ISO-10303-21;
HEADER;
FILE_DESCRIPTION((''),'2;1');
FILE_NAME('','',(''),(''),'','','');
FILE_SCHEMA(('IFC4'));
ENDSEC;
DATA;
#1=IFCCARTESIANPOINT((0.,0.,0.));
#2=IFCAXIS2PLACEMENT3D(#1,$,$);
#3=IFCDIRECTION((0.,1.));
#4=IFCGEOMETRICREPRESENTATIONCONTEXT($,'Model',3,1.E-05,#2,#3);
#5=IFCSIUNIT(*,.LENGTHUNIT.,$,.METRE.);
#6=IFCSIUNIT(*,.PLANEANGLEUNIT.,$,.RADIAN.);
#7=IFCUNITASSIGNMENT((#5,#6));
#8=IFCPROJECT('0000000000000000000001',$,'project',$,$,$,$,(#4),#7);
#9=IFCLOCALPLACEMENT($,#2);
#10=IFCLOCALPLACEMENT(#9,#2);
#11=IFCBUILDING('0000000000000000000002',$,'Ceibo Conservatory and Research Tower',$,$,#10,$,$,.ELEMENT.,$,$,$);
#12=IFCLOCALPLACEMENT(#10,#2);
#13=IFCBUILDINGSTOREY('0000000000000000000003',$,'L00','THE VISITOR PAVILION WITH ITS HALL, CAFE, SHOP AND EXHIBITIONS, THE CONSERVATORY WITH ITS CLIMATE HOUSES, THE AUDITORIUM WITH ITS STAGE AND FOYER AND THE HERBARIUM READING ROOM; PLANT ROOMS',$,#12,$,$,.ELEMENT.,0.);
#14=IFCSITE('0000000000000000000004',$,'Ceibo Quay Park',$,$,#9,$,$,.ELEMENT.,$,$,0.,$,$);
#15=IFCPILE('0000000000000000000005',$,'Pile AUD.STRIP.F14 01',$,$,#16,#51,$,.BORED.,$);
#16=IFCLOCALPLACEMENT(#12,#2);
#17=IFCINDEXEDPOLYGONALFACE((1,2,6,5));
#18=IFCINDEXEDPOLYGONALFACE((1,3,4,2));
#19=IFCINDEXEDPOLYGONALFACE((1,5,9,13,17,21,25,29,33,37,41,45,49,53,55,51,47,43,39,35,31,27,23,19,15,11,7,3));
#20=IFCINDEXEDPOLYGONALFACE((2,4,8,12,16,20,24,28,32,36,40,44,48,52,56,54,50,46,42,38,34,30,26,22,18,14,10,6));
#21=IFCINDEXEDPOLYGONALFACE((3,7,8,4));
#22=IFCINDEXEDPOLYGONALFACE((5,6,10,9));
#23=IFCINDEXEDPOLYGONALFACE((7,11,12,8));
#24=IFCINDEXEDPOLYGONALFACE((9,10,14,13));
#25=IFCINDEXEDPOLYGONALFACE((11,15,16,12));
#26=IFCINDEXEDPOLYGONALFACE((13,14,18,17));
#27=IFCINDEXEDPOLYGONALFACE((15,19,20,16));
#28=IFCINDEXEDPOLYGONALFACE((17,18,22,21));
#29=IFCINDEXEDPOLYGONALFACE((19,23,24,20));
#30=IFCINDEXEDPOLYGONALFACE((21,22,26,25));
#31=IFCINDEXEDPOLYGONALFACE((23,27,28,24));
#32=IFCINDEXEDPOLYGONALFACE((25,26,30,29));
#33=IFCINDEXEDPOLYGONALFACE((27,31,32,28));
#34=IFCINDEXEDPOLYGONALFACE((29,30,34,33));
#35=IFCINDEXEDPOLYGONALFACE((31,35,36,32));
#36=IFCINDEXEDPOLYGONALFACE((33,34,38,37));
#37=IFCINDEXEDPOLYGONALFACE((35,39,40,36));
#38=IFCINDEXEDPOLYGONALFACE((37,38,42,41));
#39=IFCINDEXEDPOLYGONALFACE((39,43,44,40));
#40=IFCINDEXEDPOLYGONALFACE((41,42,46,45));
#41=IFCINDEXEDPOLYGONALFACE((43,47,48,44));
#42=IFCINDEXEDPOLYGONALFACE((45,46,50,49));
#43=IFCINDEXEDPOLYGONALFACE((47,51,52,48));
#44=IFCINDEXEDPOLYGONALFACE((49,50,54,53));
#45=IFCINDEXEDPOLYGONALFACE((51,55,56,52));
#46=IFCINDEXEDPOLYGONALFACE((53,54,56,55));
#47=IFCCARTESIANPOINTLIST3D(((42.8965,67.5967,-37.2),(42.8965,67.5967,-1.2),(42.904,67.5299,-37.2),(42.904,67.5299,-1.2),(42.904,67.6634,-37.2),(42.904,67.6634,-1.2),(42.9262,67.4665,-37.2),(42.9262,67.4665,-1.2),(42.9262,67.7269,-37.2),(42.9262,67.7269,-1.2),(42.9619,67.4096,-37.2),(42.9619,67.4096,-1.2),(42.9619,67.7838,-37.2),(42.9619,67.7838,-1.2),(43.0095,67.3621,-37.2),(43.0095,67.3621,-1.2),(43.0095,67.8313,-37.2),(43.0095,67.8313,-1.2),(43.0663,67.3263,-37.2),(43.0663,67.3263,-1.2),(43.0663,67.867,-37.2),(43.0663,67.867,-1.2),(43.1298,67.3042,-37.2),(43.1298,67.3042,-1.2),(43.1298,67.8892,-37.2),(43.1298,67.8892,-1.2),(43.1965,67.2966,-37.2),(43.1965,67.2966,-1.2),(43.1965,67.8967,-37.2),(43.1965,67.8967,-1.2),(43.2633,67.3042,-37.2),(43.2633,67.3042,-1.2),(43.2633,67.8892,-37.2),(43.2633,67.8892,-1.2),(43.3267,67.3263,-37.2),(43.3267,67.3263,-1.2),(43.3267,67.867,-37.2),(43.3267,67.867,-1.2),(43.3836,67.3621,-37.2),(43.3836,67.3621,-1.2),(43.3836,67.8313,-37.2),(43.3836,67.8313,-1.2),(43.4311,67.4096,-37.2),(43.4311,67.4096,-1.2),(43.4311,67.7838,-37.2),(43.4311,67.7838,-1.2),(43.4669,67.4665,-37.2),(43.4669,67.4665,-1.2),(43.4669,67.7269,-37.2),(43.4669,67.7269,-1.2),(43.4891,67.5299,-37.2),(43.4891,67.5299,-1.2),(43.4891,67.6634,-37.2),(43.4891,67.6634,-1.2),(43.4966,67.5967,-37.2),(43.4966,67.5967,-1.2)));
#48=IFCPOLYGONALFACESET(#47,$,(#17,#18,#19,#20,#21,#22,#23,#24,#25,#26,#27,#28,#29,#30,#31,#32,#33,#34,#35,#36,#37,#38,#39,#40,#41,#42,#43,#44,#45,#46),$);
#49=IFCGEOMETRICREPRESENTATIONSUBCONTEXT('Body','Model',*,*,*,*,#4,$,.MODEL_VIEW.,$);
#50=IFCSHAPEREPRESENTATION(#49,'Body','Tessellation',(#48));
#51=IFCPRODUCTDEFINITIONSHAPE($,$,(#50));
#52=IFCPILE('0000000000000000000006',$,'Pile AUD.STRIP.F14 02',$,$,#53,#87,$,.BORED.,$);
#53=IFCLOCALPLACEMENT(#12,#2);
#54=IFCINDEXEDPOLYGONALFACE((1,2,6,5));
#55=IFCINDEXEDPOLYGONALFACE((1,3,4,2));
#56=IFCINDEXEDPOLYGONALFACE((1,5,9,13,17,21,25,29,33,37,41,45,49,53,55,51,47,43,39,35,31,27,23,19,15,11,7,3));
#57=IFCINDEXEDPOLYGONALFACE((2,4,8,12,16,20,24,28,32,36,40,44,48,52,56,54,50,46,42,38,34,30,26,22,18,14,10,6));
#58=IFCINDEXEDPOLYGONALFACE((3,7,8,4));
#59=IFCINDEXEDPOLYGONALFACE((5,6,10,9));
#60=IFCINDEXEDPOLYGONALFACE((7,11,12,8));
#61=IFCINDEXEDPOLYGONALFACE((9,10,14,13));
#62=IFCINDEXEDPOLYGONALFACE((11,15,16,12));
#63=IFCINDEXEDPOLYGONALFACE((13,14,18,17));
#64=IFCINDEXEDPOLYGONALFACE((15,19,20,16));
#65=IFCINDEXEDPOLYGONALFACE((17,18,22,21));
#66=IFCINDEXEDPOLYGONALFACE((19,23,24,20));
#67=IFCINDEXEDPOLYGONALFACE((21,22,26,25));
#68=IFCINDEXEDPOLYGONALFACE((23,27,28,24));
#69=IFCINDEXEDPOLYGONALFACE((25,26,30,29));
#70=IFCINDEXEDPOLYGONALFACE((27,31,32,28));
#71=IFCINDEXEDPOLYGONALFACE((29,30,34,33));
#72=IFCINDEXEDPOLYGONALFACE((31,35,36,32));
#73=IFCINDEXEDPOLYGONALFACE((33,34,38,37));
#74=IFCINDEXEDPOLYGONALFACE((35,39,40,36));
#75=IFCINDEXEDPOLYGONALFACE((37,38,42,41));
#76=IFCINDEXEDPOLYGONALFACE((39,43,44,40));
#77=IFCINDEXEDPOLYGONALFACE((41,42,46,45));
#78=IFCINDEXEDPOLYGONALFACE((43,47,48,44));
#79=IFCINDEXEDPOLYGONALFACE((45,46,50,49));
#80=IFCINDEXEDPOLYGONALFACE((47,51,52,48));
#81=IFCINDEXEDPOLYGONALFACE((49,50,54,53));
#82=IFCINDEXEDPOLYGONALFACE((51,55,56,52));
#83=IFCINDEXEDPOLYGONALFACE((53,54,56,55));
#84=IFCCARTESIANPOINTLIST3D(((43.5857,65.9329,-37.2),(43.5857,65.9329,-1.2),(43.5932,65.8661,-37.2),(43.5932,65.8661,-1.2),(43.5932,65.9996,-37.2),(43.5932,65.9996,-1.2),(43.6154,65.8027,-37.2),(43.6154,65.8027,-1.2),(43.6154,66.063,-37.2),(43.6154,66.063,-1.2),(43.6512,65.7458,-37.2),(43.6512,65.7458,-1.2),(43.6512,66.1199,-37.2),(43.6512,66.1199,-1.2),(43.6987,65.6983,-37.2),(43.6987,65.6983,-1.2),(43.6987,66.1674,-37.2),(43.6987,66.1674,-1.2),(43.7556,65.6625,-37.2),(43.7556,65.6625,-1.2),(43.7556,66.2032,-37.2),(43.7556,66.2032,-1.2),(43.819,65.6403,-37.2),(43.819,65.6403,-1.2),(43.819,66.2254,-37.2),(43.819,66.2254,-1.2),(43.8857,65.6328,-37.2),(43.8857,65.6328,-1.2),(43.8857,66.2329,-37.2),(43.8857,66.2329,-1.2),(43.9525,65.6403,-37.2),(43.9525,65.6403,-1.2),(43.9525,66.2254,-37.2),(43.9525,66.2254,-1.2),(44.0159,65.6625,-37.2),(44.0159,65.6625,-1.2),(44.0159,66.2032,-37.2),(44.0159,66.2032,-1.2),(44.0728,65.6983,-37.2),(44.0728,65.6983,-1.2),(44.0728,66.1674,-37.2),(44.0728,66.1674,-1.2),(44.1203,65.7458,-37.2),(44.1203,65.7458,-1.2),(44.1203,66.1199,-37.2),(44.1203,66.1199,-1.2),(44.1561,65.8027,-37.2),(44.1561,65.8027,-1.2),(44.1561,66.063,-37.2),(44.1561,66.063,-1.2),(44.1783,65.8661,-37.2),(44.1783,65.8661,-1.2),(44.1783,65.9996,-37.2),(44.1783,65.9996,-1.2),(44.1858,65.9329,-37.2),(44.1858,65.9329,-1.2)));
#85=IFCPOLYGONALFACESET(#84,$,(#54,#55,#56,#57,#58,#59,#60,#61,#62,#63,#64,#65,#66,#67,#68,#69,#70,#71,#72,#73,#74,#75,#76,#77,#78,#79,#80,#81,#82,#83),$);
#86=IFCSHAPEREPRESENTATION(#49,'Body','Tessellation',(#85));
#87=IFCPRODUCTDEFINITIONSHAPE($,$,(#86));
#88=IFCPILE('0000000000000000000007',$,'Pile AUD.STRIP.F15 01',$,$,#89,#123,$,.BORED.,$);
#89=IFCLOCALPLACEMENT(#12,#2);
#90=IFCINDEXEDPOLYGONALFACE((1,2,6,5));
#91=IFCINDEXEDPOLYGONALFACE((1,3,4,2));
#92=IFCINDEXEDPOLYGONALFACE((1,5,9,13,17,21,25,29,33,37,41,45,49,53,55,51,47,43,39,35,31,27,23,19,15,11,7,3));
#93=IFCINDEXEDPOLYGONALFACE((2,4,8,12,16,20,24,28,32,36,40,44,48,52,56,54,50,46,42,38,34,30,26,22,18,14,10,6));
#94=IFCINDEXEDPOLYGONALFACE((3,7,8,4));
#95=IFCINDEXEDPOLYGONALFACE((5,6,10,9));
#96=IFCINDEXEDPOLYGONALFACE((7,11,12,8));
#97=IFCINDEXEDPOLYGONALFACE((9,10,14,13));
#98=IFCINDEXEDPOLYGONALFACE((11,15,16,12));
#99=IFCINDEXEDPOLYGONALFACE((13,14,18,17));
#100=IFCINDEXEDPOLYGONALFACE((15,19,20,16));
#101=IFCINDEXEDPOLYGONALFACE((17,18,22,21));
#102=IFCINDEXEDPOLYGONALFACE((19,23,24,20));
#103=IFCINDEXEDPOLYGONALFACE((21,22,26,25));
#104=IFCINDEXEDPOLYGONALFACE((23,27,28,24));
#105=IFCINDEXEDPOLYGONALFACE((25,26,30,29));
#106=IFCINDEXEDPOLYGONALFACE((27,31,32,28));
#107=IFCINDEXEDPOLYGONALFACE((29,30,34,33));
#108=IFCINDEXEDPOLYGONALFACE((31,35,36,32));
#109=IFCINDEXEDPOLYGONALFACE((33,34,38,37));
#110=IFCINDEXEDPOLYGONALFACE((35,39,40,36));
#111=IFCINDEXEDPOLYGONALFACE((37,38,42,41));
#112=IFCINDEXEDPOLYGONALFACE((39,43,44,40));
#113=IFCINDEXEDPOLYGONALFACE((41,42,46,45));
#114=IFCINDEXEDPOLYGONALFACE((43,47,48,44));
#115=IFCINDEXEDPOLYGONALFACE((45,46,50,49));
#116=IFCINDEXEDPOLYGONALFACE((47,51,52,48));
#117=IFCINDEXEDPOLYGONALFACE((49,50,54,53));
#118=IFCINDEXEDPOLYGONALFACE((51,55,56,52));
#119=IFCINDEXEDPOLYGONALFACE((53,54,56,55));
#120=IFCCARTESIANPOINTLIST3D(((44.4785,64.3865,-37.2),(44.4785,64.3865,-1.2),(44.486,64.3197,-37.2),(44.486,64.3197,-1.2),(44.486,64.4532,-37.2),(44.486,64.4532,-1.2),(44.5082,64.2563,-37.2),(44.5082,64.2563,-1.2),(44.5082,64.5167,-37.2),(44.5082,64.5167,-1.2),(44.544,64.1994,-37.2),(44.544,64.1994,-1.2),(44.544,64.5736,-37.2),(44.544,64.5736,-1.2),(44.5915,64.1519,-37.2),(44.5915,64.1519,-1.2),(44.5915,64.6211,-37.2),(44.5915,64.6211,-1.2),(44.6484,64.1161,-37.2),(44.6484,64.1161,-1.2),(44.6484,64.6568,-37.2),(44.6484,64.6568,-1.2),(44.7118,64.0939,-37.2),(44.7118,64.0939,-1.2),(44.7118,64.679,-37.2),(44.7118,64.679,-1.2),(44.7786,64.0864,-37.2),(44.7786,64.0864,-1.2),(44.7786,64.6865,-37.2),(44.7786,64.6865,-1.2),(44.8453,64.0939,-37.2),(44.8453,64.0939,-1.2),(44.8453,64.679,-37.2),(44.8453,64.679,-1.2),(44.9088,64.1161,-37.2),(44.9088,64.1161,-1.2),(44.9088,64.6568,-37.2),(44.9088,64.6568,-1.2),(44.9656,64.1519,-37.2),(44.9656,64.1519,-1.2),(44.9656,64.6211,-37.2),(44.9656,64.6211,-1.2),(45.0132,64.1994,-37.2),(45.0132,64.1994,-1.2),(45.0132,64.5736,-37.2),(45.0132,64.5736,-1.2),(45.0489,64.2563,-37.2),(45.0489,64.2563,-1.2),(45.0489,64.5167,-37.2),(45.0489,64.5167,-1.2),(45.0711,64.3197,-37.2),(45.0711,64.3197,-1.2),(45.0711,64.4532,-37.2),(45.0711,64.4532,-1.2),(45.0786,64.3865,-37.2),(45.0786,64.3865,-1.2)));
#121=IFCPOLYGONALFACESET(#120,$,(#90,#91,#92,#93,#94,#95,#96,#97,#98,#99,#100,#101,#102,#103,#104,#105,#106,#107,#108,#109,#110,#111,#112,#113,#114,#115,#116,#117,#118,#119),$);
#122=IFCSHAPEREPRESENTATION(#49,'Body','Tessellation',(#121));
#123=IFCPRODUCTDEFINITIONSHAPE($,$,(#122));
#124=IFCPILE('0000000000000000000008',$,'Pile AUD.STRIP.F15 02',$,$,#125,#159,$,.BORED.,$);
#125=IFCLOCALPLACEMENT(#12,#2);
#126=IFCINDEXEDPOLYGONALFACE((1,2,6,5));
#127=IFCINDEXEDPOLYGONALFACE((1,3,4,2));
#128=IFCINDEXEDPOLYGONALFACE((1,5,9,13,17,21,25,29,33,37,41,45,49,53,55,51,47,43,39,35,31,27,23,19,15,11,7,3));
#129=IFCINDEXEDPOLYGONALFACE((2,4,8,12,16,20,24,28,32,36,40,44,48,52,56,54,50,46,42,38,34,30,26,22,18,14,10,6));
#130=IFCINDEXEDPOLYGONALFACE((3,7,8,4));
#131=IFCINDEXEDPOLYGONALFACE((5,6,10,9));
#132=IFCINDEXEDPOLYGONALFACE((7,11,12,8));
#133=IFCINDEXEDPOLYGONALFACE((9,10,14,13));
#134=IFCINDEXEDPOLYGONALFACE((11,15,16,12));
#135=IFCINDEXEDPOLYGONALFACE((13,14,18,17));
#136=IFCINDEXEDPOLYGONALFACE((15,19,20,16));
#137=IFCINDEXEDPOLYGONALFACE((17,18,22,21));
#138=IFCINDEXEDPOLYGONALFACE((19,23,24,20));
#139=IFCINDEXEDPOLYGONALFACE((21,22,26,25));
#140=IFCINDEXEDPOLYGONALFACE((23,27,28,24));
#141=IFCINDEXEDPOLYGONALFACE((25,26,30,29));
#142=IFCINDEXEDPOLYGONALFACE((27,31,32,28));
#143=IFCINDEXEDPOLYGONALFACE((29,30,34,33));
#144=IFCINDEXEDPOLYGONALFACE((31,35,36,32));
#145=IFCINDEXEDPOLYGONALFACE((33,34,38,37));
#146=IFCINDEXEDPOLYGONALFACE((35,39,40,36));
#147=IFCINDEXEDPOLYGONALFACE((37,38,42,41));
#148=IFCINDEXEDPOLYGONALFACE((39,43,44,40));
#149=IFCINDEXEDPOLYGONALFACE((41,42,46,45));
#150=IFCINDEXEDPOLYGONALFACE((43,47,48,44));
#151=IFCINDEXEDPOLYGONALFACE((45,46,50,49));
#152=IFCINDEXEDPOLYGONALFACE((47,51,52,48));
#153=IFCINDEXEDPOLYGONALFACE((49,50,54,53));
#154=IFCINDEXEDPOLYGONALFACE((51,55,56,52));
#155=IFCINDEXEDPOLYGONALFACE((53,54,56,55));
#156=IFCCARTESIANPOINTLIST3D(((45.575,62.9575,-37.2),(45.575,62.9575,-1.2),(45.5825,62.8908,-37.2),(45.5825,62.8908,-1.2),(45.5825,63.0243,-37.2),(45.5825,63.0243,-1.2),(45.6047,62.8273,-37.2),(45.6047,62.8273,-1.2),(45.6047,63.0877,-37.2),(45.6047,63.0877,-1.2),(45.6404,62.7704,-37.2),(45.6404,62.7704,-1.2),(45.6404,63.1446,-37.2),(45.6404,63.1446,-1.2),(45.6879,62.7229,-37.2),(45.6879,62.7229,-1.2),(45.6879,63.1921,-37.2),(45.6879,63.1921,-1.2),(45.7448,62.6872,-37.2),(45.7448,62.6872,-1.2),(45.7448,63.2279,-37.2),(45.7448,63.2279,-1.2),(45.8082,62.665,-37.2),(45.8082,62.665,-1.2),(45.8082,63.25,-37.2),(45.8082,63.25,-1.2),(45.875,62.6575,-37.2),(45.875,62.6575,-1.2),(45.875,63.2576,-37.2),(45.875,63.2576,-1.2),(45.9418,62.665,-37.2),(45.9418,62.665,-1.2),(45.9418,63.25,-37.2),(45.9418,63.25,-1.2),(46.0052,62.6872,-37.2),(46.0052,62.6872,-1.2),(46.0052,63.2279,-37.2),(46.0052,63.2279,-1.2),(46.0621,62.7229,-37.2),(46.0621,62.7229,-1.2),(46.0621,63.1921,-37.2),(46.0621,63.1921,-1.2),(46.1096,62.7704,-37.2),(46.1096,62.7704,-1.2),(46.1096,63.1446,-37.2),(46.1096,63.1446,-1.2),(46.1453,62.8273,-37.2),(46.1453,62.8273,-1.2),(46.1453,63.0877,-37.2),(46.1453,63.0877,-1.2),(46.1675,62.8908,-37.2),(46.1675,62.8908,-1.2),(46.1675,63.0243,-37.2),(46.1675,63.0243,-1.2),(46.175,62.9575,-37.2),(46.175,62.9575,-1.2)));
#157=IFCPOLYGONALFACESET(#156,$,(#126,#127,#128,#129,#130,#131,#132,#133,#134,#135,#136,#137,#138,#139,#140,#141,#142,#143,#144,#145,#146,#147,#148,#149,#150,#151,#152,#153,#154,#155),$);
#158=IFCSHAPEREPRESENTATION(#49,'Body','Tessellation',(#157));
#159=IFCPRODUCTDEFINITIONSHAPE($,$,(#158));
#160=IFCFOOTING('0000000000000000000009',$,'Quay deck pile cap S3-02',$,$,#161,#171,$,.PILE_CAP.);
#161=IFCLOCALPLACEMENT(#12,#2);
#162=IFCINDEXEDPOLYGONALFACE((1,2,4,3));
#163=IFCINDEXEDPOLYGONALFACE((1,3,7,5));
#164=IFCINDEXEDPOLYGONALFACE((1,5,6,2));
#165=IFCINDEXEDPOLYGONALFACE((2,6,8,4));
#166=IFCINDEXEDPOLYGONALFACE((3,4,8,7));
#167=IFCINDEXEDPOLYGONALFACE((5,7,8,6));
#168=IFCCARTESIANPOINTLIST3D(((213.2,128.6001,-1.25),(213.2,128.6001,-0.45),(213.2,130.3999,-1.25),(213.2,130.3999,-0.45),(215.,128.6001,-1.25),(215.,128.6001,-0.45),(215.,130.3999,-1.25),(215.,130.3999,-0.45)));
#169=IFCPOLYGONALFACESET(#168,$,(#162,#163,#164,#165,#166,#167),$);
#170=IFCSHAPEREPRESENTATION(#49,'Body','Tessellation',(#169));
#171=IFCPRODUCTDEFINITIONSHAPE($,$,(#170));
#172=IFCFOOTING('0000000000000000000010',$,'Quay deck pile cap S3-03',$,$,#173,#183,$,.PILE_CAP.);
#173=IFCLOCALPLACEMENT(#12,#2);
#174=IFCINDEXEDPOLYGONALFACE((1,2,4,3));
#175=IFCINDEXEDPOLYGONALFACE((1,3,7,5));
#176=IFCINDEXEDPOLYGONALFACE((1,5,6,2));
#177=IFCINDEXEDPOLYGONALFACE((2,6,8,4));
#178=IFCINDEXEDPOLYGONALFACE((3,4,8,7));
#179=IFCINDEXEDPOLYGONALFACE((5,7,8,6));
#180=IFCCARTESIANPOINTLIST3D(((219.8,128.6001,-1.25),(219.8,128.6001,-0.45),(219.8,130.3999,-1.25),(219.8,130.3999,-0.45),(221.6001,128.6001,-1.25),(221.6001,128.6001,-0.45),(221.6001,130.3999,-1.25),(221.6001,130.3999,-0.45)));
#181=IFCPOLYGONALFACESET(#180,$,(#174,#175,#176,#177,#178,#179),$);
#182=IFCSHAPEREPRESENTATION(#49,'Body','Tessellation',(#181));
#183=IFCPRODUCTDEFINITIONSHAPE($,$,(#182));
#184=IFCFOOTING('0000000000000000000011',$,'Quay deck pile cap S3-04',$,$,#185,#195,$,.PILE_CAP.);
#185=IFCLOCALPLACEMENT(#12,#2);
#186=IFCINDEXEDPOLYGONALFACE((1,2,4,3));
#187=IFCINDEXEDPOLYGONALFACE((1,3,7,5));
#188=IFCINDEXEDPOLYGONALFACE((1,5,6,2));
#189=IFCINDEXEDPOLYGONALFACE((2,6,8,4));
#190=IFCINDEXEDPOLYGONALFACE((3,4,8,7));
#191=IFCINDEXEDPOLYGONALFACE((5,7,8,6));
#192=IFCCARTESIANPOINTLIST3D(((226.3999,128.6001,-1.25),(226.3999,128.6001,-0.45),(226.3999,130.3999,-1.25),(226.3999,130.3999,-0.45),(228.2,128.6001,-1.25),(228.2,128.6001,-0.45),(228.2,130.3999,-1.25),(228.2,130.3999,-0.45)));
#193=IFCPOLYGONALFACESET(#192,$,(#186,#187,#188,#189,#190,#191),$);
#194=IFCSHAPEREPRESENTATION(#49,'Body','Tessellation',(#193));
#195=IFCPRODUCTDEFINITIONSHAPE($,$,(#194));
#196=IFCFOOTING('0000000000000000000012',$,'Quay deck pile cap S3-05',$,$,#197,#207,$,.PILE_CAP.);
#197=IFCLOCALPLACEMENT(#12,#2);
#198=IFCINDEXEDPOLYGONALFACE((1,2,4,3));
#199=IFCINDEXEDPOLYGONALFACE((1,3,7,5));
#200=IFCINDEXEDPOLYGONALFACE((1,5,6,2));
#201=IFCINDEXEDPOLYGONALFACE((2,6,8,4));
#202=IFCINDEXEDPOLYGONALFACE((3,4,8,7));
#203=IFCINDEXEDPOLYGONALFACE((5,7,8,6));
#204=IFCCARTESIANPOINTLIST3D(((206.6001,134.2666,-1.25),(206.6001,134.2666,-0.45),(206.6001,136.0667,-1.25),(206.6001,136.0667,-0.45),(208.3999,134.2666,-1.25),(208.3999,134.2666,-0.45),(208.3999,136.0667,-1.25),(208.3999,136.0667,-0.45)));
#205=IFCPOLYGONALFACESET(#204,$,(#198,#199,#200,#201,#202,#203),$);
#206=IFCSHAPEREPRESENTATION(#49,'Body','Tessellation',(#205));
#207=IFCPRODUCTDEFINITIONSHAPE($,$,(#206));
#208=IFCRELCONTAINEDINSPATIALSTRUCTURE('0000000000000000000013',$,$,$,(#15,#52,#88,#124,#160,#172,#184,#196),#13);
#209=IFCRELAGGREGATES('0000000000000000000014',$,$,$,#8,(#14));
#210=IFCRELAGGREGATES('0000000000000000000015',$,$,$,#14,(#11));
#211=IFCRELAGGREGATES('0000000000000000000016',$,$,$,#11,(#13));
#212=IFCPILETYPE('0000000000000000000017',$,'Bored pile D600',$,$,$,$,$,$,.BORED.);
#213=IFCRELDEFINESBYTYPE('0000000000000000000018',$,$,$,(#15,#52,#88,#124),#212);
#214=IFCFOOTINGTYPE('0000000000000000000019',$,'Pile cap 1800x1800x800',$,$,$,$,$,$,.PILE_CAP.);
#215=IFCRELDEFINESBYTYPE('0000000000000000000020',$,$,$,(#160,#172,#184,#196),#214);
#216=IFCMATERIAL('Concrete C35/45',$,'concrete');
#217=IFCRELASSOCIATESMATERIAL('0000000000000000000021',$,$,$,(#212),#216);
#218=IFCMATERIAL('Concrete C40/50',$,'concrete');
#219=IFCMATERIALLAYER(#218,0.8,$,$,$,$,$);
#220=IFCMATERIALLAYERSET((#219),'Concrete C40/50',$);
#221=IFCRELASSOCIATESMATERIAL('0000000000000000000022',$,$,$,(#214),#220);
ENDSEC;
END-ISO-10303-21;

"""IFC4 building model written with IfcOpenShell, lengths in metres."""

from ifc_helpers import new_model, si_unit, direction, frame, origin, origin_2d, place, context, subcontext, project, spatial, polyline, circle, outline, extrude, material, layer, layer_set, material_profile, profile_set, type_object, element, save


model = new_model("IFC4")

# Units and contexts
model_context = context("Model", 3, precision=1e-05, world=origin(), true_north=direction((0.0, 1.0)))
body_context = subcontext(model_context, "Body", "Model", "MODEL_VIEW")
ifc_project = project(units=[si_unit("LENGTHUNIT", "METRE"), si_unit("PLANEANGLEUNIT", "RADIAN")], contexts=[model_context])

# Site, building, storey
site_placement = place(None, origin())
site = spatial("IfcSite", under=ifc_project, at=site_placement, Name="Ceibo Quay Park", CompositionType="ELEMENT", RefElevation=0.0)
building_placement = place(site_placement, origin())
building = spatial("IfcBuilding", under=site, at=building_placement, Name="Ceibo Conservatory and Research Tower", CompositionType="ELEMENT")
storey_placement = place(building_placement, origin())
storey = spatial("IfcBuildingStorey", under=building, at=storey_placement, Name="L00", Description="THE VISITOR PAVILION WITH ITS HALL, CAFE, SHOP AND EXHIBITIONS, THE CONSERVATORY WITH ITS CLIMATE HOUSES, THE AUDITORIUM WITH ITS STAGE AND FOYER AND THE HERBARIUM READING ROOM; PLANT ROOMS", CompositionType="ELEMENT", Elevation=0.0)

# Piles
ifc_material_1 = material(Name="Concrete C35/45", Category="concrete")
ifc_material_profile_1 = material_profile(ifc_material_1, circle(Radius=0.3, at=origin_2d()), Name="RC D600")
ifc_profile_set_1 = profile_set([ifc_material_profile_1], Name="Concrete C35/45")
pile_type = type_object("IfcPileType", Name="Bored pile D600", PredefinedType="BORED", material=ifc_profile_set_1)
for number, where, z_axis, x_axis, name in (
    (1, (43.1965, 67.5967, -1.2), (0.0, 0.0, -1.0), (1.0, 0.0, 0.0), "Pile AUD.STRIP.F14 01"),
    (2, (43.8857, 65.9329, -1.2), (0.0, 0.0, -1.0), (1.0, 0.0, 0.0), "Pile AUD.STRIP.F14 02"),
    (3, (44.7786, 64.3865, -1.2), (0.0, 0.0, -1.0), (1.0, 0.0, 0.0), "Pile AUD.STRIP.F15 01"),
    (4, (45.875, 62.9575, -1.2), (0.0, 0.0, -1.0), (1.0, 0.0, 0.0), "Pile AUD.STRIP.F15 02"),
):
    element("IfcPile", number, at=place(storey_placement, frame(where, z_axis=z_axis, x_axis=x_axis)), inside=storey, type_object=pile_type, Name=name, PredefinedType="BORED", context=body_context, shape_type="SweptSolid", body=[
        extrude(circle(Radius=0.3, at=origin_2d()), origin(), (0.0, 0.0, 1.0), 36.0),
    ])

# Footings
ifc_material_2 = material(Name="Concrete C40/50", Category="concrete")
ifc_layer_1 = layer(ifc_material_2, 0.8)
ifc_layer_set_1 = layer_set([ifc_layer_1], Name="Concrete C40/50")
footing_type = type_object("IfcFootingType", Name="Pile cap 1800x1800x800", PredefinedType="PILE_CAP", material=ifc_layer_set_1)
footing_1_placement = place(storey_placement, frame((0.0, 0.0, -1.25)))
element("IfcFooting", 5, at=footing_1_placement, inside=storey, type_object=footing_type, Name="Quay deck pile cap S3-02", PredefinedType="PILE_CAP", context=body_context, shape_type="SweptSolid", body=[
    extrude(outline(polyline([(213.2, 128.6001), (215.0, 128.6001), (215.0, 130.3999), (213.2, 130.3999), (213.2, 128.6001)])), origin(), (0.0, 0.0, 1.0), 0.8),
])
footing_2_placement = place(storey_placement, frame((0.0, 0.0, -1.25)))
element("IfcFooting", 6, at=footing_2_placement, inside=storey, type_object=footing_type, Name="Quay deck pile cap S3-03", PredefinedType="PILE_CAP", context=body_context, shape_type="SweptSolid", body=[
    extrude(outline(polyline([(219.8, 128.6001), (221.6001, 128.6001), (221.6001, 130.3999), (219.8, 130.3999), (219.8, 128.6001)])), origin(), (0.0, 0.0, 1.0), 0.8),
])
footing_3_placement = place(storey_placement, frame((0.0, 0.0, -1.25)))
element("IfcFooting", 7, at=footing_3_placement, inside=storey, type_object=footing_type, Name="Quay deck pile cap S3-04", PredefinedType="PILE_CAP", context=body_context, shape_type="SweptSolid", body=[
    extrude(outline(polyline([(226.3999, 128.6001), (228.2, 128.6001), (228.2, 130.3999), (226.3999, 130.3999), (226.3999, 128.6001)])), origin(), (0.0, 0.0, 1.0), 0.8),
])
footing_4_placement = place(storey_placement, frame((0.0, 0.0, -1.25)))
element("IfcFooting", 8, at=footing_4_placement, inside=storey, type_object=footing_type, Name="Quay deck pile cap S3-05", PredefinedType="PILE_CAP", context=body_context, shape_type="SweptSolid", body=[
    extrude(outline(polyline([(206.6001, 134.2666), (208.3999, 134.2666), (208.3999, 136.0667), (206.6001, 136.0667), (206.6001, 134.2666)])), origin(), (0.0, 0.0, 1.0), 0.8),
])

save(model, "model.ifc")
